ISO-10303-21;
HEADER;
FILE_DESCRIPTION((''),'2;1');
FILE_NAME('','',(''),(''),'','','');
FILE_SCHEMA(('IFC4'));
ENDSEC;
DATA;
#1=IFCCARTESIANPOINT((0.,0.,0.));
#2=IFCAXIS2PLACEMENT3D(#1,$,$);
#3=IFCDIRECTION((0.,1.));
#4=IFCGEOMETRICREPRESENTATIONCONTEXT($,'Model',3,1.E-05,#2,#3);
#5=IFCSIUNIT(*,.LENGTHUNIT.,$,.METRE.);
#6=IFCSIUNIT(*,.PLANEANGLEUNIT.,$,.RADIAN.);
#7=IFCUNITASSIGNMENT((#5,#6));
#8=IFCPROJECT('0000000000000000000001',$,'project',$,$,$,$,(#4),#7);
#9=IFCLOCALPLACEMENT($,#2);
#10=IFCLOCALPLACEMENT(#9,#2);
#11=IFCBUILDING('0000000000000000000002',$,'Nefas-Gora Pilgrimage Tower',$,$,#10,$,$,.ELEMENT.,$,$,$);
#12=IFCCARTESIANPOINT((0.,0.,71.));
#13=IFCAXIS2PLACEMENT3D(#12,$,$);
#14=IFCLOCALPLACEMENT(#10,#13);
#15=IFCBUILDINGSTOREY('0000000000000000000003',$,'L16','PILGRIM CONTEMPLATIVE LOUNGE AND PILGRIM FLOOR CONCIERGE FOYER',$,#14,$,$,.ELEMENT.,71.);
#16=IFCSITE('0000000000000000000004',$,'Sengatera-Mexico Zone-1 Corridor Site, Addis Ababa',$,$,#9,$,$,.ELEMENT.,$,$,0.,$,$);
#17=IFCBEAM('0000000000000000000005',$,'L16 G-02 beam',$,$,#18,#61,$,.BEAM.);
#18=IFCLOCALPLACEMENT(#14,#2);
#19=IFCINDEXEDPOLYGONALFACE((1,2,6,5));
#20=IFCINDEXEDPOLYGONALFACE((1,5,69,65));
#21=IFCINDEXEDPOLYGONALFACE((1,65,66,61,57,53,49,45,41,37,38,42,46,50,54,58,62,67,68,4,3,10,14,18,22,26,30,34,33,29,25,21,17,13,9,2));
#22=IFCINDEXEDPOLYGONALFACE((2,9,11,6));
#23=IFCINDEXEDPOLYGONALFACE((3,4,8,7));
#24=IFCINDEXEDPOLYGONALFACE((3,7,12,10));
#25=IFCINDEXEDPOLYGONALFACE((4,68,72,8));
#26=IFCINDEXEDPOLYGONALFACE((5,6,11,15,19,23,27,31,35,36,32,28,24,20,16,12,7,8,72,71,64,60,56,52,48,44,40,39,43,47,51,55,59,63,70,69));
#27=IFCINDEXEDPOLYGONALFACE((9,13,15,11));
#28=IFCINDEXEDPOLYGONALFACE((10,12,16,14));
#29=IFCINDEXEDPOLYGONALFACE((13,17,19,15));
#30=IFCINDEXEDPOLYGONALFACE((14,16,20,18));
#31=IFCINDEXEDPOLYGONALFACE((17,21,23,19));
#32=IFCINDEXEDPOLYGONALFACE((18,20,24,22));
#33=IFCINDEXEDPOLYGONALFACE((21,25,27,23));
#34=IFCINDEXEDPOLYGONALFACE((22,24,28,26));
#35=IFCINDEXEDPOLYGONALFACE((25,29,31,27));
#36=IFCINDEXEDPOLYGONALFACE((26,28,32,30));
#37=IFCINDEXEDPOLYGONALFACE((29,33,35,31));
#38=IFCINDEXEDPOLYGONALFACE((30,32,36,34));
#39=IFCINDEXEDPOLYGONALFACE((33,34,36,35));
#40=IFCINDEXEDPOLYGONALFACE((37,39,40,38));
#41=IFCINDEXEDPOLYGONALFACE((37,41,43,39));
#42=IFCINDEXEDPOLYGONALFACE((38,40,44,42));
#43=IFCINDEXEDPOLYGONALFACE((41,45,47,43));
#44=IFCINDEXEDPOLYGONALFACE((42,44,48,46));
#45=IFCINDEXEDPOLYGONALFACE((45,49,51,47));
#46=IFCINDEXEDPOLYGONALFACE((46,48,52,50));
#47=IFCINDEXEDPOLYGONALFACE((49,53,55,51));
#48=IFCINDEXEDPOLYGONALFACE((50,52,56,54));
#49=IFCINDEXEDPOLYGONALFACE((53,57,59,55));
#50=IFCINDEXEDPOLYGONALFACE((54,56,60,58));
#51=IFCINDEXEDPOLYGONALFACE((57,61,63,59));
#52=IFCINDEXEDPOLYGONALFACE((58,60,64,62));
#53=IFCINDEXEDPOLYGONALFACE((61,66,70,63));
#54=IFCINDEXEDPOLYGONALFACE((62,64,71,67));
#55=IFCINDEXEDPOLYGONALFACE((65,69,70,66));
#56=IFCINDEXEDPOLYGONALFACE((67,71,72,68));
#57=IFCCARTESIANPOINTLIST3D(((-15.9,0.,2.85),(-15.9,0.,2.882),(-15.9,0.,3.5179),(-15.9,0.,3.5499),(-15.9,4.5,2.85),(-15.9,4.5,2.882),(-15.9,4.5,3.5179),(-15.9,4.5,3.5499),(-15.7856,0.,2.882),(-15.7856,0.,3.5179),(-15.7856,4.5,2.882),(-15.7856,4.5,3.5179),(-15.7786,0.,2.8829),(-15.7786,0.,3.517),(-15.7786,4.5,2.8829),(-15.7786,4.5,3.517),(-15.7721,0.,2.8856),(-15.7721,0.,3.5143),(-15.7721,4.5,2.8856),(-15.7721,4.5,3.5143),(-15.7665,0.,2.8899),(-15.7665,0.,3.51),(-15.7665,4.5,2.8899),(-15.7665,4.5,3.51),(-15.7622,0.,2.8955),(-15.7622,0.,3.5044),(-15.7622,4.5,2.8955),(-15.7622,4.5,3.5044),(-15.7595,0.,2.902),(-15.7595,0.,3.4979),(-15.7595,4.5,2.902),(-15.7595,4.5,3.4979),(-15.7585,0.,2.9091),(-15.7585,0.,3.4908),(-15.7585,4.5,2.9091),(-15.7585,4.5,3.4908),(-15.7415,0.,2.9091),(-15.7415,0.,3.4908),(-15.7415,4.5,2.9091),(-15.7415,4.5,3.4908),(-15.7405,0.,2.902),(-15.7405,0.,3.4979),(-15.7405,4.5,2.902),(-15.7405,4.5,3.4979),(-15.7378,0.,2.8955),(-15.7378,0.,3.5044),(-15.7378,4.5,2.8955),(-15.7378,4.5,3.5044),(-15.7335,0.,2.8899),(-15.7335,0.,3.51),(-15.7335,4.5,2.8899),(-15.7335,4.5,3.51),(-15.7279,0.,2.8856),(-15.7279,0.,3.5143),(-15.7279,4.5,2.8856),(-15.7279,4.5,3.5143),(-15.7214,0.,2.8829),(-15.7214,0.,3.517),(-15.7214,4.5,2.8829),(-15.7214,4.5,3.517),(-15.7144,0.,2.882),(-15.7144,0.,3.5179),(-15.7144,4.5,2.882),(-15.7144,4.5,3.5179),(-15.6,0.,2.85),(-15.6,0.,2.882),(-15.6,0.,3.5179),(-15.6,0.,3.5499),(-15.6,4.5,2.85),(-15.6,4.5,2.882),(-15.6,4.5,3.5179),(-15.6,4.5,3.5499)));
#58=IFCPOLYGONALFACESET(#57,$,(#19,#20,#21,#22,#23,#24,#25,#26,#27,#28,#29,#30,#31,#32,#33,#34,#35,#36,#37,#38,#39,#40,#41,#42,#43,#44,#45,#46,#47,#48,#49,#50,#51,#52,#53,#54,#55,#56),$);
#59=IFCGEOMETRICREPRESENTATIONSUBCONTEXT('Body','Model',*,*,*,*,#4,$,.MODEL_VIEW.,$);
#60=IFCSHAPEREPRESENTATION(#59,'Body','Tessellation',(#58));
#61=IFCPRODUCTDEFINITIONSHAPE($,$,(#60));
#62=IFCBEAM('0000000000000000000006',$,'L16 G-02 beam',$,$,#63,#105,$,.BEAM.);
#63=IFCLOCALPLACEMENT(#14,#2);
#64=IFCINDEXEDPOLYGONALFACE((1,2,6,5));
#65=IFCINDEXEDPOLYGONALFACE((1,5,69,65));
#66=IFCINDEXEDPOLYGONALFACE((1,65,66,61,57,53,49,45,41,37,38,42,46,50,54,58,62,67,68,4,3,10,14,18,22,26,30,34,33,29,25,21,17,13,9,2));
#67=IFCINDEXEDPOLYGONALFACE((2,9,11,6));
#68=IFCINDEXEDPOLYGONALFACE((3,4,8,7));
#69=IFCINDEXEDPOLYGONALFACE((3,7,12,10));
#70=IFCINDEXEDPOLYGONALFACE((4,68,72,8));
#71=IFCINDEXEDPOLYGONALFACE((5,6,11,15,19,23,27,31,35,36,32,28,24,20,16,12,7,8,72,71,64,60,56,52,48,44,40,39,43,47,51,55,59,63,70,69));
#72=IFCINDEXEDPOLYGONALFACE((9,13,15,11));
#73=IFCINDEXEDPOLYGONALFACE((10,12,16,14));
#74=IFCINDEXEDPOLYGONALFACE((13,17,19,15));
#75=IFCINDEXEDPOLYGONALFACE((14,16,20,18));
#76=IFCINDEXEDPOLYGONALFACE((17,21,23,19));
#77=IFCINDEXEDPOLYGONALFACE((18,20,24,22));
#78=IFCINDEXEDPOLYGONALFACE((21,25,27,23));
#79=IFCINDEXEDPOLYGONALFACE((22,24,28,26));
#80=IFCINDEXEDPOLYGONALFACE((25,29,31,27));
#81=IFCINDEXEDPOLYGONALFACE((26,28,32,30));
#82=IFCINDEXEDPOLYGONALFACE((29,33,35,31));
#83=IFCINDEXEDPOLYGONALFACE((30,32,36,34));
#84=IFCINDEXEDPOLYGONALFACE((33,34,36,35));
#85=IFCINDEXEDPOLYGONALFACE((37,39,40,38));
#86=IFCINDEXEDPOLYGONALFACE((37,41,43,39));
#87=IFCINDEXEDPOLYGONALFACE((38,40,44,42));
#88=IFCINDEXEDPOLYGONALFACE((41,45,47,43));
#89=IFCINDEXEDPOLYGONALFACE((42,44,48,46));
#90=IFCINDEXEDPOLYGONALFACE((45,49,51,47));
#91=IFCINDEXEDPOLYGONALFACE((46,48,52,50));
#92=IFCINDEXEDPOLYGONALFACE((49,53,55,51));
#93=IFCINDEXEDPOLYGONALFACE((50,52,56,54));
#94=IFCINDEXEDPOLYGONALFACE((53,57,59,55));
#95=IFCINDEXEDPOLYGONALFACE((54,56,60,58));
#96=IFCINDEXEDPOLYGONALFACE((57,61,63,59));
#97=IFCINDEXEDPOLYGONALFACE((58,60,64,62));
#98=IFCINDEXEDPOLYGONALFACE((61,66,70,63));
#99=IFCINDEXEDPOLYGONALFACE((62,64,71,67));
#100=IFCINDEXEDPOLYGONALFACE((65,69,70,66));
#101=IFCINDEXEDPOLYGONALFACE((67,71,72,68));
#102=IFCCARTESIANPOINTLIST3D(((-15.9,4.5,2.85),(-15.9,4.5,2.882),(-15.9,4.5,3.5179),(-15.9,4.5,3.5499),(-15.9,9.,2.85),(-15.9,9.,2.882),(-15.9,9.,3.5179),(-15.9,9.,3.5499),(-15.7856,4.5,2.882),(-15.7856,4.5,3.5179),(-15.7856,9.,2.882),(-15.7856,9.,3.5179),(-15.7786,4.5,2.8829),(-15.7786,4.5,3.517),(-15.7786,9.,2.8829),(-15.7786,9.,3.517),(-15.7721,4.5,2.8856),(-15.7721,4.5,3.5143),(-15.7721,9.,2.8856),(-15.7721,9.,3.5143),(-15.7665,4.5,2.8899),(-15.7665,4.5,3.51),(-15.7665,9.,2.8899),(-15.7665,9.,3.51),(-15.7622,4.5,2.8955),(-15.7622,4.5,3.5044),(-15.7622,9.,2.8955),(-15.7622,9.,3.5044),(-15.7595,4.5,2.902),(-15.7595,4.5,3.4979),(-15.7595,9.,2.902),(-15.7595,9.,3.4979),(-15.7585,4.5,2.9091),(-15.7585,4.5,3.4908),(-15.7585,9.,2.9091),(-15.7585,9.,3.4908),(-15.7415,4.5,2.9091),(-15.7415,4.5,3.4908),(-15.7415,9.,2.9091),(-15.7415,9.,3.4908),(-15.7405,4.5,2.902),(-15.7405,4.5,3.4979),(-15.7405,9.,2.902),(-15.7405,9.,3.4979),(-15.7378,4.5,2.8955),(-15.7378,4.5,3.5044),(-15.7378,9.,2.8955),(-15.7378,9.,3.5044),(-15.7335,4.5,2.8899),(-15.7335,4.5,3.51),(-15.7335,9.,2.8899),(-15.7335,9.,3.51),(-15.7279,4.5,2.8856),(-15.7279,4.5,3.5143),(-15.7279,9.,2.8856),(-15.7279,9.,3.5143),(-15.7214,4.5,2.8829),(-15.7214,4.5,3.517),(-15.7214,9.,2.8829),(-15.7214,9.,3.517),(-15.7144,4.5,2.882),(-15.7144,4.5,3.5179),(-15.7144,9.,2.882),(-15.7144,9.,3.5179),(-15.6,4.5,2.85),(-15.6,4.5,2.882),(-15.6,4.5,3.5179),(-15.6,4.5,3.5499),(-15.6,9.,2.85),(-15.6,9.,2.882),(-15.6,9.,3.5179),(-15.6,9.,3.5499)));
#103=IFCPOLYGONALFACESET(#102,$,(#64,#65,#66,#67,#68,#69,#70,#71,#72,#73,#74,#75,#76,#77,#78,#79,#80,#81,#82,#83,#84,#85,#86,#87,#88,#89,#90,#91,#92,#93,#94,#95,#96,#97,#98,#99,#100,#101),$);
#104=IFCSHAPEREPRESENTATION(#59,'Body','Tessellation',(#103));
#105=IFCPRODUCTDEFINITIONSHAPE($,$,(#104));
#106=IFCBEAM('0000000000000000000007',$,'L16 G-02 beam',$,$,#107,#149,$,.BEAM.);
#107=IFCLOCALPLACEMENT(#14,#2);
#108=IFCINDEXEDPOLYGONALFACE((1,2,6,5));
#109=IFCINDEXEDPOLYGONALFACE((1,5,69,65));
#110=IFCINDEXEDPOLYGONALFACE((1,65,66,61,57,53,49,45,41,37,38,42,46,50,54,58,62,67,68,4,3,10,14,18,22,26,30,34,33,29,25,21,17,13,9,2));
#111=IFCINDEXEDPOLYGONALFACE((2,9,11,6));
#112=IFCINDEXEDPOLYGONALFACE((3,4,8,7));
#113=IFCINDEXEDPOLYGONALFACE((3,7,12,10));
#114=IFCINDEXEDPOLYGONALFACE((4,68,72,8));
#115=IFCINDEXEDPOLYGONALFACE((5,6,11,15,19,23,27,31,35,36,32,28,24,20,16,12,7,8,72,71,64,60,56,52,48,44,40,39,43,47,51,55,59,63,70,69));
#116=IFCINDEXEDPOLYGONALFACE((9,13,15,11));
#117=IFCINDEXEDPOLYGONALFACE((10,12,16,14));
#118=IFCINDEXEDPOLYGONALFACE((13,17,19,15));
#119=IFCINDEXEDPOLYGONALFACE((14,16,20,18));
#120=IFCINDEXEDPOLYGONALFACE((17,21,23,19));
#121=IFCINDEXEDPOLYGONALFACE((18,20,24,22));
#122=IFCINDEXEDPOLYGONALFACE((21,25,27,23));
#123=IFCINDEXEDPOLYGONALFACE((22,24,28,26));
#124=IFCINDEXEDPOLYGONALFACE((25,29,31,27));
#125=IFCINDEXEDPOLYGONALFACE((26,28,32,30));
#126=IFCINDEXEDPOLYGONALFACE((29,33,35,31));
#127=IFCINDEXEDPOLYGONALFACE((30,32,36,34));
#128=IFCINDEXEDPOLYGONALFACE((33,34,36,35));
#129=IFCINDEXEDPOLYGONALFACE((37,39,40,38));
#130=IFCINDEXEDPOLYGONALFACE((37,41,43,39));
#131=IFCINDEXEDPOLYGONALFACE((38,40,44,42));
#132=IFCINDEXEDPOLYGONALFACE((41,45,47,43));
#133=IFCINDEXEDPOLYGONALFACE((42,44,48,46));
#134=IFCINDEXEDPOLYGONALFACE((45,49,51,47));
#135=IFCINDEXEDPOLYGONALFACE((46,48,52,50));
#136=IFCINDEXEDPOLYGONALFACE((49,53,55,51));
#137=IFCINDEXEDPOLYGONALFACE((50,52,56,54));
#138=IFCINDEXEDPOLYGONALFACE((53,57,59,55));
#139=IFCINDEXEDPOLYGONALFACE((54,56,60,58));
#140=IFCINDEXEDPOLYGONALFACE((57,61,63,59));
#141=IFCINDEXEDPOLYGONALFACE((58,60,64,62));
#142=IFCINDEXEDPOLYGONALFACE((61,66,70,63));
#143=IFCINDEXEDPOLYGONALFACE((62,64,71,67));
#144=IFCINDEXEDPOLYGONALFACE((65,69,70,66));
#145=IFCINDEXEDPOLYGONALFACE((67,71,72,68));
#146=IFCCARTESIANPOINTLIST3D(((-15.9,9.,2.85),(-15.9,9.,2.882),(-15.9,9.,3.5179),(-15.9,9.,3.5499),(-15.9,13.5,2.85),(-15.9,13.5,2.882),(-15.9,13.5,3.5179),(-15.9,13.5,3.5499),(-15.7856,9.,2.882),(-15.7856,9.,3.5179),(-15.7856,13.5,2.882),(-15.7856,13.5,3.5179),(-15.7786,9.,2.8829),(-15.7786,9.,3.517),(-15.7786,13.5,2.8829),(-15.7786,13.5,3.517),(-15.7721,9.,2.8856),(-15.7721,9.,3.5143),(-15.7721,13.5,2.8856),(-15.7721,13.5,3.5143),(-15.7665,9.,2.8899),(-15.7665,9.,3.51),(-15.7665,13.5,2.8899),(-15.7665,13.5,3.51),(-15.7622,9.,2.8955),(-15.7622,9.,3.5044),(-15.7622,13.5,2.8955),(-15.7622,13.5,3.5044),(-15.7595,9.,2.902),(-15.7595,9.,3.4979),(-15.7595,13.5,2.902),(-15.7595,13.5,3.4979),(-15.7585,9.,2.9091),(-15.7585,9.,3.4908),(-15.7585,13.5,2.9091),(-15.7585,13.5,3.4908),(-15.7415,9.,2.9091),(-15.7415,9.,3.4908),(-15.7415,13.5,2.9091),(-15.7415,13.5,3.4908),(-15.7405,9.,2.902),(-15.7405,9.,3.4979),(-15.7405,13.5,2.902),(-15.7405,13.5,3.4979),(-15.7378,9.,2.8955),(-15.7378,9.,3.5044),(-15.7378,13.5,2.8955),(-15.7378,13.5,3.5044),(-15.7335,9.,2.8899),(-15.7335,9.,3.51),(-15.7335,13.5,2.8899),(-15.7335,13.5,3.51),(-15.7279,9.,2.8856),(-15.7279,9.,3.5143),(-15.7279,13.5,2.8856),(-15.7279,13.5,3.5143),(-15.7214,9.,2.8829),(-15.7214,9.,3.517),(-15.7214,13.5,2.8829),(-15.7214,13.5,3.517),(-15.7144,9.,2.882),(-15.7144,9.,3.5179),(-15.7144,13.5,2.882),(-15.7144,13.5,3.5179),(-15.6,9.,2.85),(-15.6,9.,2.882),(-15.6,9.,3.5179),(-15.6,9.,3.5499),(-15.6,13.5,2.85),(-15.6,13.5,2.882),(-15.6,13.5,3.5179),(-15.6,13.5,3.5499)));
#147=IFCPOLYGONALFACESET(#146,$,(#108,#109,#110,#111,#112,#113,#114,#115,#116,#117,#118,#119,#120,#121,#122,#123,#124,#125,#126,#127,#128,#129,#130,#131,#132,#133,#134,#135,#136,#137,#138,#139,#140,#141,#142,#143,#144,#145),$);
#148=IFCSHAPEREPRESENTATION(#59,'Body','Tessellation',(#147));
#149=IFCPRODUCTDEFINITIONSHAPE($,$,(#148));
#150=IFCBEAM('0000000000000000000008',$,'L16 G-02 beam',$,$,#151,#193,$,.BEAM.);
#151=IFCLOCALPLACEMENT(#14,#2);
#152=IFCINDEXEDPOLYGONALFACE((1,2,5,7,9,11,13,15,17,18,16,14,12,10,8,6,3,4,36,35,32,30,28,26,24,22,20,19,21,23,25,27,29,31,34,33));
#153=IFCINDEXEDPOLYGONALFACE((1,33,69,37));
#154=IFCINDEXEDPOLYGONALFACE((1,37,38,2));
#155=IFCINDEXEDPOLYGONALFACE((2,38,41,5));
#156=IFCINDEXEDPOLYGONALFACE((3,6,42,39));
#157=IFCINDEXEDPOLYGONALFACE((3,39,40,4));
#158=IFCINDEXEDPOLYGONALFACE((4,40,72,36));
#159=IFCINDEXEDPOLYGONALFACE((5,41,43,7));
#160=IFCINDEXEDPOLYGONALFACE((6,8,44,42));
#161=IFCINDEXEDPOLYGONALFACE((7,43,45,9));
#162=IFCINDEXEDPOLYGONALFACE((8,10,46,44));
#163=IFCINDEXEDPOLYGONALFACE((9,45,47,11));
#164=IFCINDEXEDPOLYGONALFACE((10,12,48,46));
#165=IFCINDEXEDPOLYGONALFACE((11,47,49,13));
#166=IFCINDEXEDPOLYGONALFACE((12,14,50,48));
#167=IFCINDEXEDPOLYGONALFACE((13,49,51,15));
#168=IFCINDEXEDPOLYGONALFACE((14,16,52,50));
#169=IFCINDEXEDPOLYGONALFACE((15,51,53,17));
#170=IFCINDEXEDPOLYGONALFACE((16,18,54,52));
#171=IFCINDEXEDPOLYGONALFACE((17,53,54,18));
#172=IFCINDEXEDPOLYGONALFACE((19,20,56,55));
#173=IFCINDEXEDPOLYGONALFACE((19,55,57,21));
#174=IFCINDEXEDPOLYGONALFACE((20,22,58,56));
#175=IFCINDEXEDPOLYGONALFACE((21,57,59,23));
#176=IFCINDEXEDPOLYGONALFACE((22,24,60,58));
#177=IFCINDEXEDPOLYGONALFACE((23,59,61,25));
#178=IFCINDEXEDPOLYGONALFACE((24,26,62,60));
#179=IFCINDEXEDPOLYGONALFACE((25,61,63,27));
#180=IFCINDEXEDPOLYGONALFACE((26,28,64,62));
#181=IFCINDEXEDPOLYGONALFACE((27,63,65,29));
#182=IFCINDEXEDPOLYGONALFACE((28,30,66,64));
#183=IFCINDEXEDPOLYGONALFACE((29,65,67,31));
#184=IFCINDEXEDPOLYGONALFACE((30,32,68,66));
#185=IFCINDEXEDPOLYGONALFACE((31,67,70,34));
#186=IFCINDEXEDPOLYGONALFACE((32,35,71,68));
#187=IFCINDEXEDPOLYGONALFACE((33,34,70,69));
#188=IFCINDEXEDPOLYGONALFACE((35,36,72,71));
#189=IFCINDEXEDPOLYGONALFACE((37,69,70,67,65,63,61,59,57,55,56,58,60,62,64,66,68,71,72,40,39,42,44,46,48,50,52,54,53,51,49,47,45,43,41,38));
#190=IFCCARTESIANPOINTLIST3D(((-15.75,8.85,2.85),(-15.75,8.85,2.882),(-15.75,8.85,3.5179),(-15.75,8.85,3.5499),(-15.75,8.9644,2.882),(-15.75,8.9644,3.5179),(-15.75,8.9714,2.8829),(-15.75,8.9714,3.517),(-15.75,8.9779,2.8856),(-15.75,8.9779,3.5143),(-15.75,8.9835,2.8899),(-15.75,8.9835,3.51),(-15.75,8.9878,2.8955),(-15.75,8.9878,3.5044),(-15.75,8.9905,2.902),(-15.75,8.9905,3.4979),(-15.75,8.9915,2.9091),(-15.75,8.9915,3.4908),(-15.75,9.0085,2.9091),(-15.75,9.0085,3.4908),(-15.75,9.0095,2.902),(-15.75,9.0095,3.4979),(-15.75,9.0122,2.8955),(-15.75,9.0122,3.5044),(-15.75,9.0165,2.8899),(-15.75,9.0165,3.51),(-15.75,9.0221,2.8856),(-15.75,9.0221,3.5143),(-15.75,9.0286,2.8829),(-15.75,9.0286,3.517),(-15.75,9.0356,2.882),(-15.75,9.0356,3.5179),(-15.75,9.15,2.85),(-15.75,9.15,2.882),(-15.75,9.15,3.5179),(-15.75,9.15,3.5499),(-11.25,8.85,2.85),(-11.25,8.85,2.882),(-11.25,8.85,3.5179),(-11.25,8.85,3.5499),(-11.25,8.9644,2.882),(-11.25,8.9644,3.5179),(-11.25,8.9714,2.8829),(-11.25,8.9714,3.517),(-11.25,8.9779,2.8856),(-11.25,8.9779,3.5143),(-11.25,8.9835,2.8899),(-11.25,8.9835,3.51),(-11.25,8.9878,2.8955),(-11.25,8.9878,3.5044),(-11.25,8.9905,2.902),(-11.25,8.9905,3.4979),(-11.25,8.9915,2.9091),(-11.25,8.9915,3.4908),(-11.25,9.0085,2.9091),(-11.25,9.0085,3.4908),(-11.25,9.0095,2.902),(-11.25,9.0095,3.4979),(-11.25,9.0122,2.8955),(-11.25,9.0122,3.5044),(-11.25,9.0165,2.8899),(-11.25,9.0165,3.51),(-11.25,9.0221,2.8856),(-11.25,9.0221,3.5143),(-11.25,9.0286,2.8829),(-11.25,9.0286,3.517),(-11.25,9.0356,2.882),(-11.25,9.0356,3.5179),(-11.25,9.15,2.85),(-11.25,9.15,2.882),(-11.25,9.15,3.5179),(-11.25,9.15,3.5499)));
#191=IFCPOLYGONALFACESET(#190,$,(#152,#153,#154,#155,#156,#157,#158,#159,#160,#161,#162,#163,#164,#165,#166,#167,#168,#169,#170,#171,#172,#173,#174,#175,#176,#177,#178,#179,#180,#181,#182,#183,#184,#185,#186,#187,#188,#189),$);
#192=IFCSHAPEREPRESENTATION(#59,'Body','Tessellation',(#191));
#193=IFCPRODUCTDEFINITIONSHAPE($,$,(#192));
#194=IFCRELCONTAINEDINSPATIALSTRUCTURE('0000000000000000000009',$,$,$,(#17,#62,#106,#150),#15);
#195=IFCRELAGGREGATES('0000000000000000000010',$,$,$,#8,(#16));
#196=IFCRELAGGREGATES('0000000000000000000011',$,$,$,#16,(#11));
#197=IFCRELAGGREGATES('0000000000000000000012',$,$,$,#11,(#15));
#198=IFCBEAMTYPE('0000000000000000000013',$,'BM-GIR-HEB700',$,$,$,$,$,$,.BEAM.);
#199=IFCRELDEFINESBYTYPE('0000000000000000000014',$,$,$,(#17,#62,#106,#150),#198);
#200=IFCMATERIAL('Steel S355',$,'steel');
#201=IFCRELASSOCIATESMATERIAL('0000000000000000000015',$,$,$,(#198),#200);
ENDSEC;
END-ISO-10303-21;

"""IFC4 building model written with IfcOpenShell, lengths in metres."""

from ifc_helpers import new_model, si_unit, direction, frame, origin, origin_2d, place, context, subcontext, project, spatial, i_section, extrude, source, transform, mapped, material, material_profile, profile_set, type_object, element, save


model = new_model("IFC4")

# Units and contexts
model_context = context("Model", 3, precision=1e-05, world=origin(), true_north=direction((0.0, 1.0)))
body_context = subcontext(model_context, "Body", "Model", "MODEL_VIEW")
ifc_project = project(units=[si_unit("LENGTHUNIT", "METRE"), si_unit("PLANEANGLEUNIT", "RADIAN")], contexts=[model_context])

# Site, building, storey
site_placement = place(None, origin())
site = spatial("IfcSite", under=ifc_project, at=site_placement, Name="Sengatera-Mexico Zone-1 Corridor Site, Addis Ababa", CompositionType="ELEMENT", RefElevation=0.0)
building_placement = place(site_placement, origin())
building = spatial("IfcBuilding", under=site, at=building_placement, Name="Nefas-Gora Pilgrimage Tower", CompositionType="ELEMENT")
storey_placement = place(building_placement, frame((0.0, 0.0, 71.0)))
storey = spatial("IfcBuildingStorey", under=building, at=storey_placement, Name="L16", Description="PILGRIM CONTEMPLATIVE LOUNGE AND PILGRIM FLOOR CONCIERGE FOYER", CompositionType="ELEMENT", Elevation=71.0)

# Beams
ifc_material_1 = material(Name="Steel S355", Category="steel")
ifc_material_profile_1 = material_profile(ifc_material_1, i_section(OverallWidth=0.3, OverallDepth=0.7, WebThickness=0.0171, FlangeThickness=0.032, FilletRadius=0.0271, at=origin_2d()), Name="HEB 700")
ifc_profile_set_1 = profile_set([ifc_material_profile_1], Name="Steel S355")
beam_type_1 = type_object("IfcBeamType", Name="BM-GIR-HEB700", PredefinedType="BEAM", material=ifc_profile_set_1)
shared_shape_1 = source(origin(), body_context, "Body", "SweptSolid", [
    extrude(i_section(OverallWidth=0.3, OverallDepth=0.7, WebThickness=0.0171, FlangeThickness=0.032, FilletRadius=0.0271, at=origin_2d()), origin(), (0.0, 0.0, 1.0), 4.5),
])
for number, where, z_axis, x_axis, name in (
    (1, (-15.75, 0.0, 3.2), (0.0, 1.0, 0.0), (-1.0, 0.0, 0.0), "L16 G-02 beam"),
    (2, (-15.75, 4.5, 3.2), (0.0, 1.0, 0.0), (-1.0, 0.0, 0.0), "L16 G-02 beam"),
    (3, (-15.75, 9.0, 3.2), (0.0, 1.0, 0.0), (-1.0, 0.0, 0.0), "L16 G-02 beam"),
    (4, (-15.75, 9.0, 3.2), (1.0, 0.0, 0.0), (0.0, 1.0, 0.0), "L16 G-02 beam"),
):
    element("IfcBeam", number, at=place(storey_placement, frame(where, z_axis=z_axis, x_axis=x_axis)), inside=storey, type_object=beam_type_1, Name=name, PredefinedType="BEAM", context=body_context, shape_type="MappedRepresentation", body=[
        mapped(shared_shape_1, transform((0.0, 0.0, 0.0), x_axis=(1.0, 0.0, 0.0), y_axis=(0.0, 1.0, 0.0), z_axis=(0.0, 0.0, 1.0), scale=1.0)),
    ])

save(model, "model.ifc")
